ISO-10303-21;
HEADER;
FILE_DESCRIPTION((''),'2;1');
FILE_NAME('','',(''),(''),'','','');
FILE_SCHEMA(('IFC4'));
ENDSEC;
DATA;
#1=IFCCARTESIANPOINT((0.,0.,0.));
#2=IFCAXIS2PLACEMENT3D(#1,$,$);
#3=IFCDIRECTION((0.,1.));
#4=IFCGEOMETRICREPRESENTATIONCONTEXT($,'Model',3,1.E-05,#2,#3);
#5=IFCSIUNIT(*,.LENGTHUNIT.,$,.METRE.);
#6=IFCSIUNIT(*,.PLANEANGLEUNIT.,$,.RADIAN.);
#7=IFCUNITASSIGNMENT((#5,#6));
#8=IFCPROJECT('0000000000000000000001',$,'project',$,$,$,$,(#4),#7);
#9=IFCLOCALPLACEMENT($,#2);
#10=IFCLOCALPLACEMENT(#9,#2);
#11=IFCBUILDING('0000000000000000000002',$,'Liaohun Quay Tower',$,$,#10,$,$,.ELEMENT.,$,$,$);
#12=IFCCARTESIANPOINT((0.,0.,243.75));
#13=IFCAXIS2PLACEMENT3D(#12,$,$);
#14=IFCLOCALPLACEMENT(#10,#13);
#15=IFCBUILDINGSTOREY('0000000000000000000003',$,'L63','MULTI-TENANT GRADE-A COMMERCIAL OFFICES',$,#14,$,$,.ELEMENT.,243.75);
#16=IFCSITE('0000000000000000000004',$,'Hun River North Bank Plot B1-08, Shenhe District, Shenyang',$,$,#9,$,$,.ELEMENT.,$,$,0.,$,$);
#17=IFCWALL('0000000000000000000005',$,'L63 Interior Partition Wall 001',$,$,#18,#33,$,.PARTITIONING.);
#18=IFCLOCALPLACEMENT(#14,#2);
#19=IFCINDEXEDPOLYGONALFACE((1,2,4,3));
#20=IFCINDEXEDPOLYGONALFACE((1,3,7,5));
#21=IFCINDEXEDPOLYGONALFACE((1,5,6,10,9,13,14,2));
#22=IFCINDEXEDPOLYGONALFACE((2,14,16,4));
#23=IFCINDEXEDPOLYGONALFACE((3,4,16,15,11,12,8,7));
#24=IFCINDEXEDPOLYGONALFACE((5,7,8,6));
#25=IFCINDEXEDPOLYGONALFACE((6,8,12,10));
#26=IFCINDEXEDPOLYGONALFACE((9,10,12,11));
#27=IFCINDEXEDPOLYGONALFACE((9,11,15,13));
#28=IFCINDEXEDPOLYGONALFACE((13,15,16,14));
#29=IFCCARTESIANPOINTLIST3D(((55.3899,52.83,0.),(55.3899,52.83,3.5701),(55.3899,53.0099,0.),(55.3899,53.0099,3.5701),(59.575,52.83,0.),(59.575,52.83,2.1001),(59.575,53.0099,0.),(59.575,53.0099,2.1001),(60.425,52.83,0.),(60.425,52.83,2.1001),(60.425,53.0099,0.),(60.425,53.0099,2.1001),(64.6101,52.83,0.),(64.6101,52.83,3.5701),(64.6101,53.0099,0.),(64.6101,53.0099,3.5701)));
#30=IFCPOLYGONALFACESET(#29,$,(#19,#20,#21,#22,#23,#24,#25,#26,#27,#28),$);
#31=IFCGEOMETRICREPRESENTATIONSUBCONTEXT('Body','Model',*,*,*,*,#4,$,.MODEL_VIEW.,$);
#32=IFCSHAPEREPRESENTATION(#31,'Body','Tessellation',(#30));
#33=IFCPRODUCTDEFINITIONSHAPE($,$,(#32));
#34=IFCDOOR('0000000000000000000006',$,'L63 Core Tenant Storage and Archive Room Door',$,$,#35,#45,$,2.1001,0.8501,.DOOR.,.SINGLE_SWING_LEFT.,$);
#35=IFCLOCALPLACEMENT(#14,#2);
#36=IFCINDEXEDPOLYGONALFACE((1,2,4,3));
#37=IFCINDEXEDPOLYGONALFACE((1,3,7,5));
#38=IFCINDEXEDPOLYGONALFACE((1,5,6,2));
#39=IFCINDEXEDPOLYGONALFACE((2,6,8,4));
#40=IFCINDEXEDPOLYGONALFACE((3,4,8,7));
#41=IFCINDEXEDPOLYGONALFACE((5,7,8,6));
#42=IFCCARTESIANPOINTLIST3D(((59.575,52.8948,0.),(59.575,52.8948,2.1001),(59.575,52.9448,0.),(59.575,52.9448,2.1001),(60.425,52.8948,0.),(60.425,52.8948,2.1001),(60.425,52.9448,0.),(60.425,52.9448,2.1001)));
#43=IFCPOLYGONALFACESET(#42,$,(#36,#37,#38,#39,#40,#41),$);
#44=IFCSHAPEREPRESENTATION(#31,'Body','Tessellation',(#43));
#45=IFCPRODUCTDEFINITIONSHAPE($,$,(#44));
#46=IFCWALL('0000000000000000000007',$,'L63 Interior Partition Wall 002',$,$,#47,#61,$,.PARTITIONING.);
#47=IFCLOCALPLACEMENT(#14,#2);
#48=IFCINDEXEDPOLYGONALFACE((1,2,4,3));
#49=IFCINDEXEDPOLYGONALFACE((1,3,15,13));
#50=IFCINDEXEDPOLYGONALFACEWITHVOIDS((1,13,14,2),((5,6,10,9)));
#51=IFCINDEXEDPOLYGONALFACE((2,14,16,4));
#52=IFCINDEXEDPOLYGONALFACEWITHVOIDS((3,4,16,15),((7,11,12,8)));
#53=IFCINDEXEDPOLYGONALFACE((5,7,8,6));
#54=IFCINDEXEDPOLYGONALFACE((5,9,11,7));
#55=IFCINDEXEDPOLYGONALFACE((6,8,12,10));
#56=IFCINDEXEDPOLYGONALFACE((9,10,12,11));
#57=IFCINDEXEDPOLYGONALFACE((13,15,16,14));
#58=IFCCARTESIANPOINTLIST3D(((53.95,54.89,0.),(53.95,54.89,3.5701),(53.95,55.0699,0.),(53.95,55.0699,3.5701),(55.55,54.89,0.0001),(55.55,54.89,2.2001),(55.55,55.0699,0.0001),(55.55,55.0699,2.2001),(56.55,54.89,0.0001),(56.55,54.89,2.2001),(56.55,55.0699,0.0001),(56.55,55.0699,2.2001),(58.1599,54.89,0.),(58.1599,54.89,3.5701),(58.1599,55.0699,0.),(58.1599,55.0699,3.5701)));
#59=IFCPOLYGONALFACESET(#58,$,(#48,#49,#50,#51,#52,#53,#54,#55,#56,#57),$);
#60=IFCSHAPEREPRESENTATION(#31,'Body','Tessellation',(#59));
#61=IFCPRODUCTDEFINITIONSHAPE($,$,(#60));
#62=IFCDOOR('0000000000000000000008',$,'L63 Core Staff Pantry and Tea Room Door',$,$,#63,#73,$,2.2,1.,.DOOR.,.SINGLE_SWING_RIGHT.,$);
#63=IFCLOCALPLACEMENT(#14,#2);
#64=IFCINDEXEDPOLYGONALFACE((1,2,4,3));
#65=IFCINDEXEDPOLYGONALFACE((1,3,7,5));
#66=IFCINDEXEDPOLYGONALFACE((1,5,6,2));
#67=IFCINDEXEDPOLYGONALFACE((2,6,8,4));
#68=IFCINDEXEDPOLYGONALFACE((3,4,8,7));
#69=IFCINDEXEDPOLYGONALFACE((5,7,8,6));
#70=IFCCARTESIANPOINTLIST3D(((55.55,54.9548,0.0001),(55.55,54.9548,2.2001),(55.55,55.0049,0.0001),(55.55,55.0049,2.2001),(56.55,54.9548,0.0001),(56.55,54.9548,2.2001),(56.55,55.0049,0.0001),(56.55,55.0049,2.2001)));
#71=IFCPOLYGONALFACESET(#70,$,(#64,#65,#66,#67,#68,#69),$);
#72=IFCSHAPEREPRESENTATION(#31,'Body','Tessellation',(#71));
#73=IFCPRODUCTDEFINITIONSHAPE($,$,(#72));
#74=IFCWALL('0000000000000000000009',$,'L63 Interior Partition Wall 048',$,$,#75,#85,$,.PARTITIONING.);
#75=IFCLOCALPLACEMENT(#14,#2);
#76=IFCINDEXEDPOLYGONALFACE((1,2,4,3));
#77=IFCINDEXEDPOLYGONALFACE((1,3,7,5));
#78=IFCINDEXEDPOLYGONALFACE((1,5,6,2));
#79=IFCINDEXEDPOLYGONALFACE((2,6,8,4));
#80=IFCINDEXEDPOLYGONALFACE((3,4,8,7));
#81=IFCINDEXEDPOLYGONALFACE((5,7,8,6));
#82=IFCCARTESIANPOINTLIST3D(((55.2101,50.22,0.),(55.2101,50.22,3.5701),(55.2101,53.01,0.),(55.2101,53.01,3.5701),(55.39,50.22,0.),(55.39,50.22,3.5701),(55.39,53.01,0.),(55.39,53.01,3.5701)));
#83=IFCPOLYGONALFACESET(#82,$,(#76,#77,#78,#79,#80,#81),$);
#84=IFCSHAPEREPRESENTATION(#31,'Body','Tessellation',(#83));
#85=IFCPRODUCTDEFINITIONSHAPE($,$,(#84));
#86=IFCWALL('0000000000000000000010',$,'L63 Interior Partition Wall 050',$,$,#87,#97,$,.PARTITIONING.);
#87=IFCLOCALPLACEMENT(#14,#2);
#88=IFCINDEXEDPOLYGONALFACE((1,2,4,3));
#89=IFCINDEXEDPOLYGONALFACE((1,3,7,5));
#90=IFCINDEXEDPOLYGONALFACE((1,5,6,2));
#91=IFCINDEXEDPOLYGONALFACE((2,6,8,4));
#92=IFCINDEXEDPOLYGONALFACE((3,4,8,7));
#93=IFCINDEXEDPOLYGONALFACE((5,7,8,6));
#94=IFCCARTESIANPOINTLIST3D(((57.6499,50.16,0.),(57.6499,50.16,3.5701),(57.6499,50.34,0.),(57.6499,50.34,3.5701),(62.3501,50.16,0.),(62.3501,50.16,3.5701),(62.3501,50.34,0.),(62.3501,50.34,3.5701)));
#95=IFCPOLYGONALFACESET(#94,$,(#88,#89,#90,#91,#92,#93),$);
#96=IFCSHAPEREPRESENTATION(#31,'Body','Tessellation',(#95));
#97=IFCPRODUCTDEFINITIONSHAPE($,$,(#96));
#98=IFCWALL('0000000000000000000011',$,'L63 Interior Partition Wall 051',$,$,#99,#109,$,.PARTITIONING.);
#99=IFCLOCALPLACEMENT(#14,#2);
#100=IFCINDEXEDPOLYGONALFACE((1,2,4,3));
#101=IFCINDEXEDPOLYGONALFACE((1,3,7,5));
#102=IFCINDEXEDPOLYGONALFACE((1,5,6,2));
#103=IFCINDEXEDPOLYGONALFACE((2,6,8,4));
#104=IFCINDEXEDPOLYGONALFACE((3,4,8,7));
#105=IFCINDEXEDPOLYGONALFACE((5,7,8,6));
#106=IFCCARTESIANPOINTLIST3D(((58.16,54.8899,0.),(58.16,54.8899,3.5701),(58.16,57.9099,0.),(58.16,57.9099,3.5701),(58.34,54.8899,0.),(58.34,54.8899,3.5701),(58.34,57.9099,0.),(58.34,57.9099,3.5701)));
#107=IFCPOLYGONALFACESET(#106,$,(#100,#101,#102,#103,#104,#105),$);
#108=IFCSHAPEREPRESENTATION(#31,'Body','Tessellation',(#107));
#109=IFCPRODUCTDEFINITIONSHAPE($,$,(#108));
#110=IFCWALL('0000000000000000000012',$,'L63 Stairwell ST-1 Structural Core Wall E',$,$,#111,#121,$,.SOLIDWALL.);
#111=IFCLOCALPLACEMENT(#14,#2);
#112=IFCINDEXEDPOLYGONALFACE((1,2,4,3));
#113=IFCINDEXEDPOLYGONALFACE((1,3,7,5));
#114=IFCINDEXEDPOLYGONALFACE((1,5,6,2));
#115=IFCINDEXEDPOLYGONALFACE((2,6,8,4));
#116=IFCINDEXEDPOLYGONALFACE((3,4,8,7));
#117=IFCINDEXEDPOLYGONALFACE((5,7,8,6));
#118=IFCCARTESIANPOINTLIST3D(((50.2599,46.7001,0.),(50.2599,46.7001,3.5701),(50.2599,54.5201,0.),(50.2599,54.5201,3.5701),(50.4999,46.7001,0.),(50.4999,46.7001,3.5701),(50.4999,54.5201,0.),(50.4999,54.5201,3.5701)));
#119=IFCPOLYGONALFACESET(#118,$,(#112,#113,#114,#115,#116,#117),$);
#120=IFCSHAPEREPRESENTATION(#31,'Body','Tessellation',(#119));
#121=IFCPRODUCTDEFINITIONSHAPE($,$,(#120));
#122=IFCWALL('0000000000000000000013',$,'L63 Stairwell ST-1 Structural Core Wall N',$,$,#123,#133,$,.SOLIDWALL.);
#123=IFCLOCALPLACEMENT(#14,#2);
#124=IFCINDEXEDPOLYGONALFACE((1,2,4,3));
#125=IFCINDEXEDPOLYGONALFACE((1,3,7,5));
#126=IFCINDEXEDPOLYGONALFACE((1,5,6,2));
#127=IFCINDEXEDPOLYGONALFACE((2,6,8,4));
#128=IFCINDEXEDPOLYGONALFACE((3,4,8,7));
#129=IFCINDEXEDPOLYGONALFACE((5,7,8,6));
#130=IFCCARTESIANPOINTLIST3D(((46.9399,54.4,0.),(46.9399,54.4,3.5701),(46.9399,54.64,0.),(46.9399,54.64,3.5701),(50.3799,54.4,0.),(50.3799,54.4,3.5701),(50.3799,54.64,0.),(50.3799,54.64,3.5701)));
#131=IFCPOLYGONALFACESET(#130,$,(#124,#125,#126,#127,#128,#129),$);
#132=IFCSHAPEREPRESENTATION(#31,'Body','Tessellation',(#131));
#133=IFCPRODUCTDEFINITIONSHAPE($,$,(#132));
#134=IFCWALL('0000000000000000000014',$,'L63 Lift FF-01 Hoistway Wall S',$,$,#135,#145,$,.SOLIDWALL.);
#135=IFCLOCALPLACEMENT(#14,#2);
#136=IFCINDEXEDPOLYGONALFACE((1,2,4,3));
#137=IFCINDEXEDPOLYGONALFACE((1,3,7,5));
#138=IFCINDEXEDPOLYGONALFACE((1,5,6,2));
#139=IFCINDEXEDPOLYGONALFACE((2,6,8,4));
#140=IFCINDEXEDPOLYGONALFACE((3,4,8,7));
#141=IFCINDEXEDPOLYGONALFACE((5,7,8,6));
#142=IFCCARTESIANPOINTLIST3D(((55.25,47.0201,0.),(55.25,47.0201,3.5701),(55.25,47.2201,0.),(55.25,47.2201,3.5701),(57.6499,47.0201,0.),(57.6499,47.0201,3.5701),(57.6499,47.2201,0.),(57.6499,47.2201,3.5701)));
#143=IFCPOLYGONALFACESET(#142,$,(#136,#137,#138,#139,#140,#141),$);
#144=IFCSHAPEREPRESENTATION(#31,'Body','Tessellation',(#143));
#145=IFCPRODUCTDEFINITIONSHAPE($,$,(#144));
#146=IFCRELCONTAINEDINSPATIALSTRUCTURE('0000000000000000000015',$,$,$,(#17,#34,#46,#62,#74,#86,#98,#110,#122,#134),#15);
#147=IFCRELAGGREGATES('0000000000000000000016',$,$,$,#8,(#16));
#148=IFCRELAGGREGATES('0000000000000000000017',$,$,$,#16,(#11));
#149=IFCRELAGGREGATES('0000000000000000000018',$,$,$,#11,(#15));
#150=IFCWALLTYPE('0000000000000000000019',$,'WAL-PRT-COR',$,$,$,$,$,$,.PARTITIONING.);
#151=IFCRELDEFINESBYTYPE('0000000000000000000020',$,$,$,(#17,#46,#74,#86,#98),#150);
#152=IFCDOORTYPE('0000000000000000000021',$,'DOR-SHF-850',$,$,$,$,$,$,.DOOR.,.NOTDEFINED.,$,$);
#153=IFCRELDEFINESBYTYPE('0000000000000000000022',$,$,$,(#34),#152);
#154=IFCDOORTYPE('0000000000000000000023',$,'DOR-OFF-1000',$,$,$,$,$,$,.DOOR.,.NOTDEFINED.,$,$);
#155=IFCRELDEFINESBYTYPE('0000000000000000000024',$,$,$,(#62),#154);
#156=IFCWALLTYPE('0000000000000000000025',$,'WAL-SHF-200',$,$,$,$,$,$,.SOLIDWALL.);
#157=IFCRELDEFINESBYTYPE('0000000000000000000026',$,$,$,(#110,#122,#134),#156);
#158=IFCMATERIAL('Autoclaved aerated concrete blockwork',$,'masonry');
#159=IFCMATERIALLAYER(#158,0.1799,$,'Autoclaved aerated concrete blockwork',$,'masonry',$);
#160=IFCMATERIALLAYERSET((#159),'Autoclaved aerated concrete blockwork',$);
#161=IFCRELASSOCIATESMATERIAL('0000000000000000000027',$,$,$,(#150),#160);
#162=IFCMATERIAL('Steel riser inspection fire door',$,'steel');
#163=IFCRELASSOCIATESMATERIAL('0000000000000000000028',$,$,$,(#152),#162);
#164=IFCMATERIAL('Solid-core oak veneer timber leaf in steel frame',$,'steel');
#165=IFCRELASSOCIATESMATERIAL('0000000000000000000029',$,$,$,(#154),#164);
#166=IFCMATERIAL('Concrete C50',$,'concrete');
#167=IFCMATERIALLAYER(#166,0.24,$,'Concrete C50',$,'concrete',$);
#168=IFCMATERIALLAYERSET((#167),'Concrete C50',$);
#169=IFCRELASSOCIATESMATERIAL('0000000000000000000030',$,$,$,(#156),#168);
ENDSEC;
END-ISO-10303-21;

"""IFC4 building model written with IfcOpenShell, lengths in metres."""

from ifc_helpers import new_model, si_unit, direction, frame, frame_2d, origin, place, context, subcontext, project, spatial, rectangle, extrude, source, transform, mapped, material, layer, layer_set, type_object, element, fill, save


model = new_model("IFC4")

# Units and contexts
model_context = context("Model", 3, precision=1e-05, world=origin(), true_north=direction((0.0, 1.0)))
body_context = subcontext(model_context, "Body", "Model", "MODEL_VIEW")
ifc_project = project(units=[si_unit("LENGTHUNIT", "METRE"), si_unit("PLANEANGLEUNIT", "RADIAN")], contexts=[model_context])

# Site, building, storey
site_placement = place(None, origin())
site = spatial("IfcSite", under=ifc_project, at=site_placement, Name="Hun River North Bank Plot B1-08, Shenhe District, Shenyang", CompositionType="ELEMENT", RefElevation=0.0)
building_placement = place(site_placement, origin())
building = spatial("IfcBuilding", under=site, at=building_placement, Name="Liaohun Quay Tower", CompositionType="ELEMENT")
storey_placement = place(building_placement, frame((0.0, 0.0, 243.75)))
storey = spatial("IfcBuildingStorey", under=building, at=storey_placement, Name="L63", Description="MULTI-TENANT GRADE-A COMMERCIAL OFFICES", CompositionType="ELEMENT", Elevation=243.75)

# Shared definitions
ifc_material_1 = material(Name="Concrete C50", Category="concrete")

# Walls, openings, doors
ifc_material_2 = material(Name="Autoclaved aerated concrete blockwork", Category="masonry")
ifc_layer_1 = layer(ifc_material_2, 0.1799, Name="Autoclaved aerated concrete blockwork", Category="masonry")
ifc_layer_set_1 = layer_set([ifc_layer_1], Name="Autoclaved aerated concrete blockwork")
wall_type_1 = type_object("IfcWallType", Name="WAL-PRT-COR", PredefinedType="PARTITIONING", material=ifc_layer_set_1)
wall_1_placement = place(storey_placement, frame((55.3899, 52.9199, 0.0), z_axis=(0.0, 0.0, 1.0), x_axis=(1.0, 0.0, 0.0)))
wall_1 = element("IfcWall", 1, at=wall_1_placement, inside=storey, type_object=wall_type_1, Name="L63 Interior Partition Wall 001", PredefinedType="PARTITIONING", context=body_context, shape_type="SweptSolid", body=[
    extrude(rectangle(XDim=9.2202, YDim=0.1799, at=frame_2d((4.6101, 0.0))), origin(), (0.0, 0.0, 1.0), 3.5701),
])
shared_shape_1 = source(origin(), body_context, "Body", "SweptSolid", [
    extrude(rectangle(XDim=0.8501, YDim=2.1001, at=frame_2d((0.425, 1.05))), frame((0.0, 0.0999, 0.0), z_axis=(0.0, -1.0, 0.0), x_axis=(1.0, 0.0, 0.0)), (0.0, 0.0, 1.0), 0.2),
])
opening_1_placement = place(wall_1_placement, frame((4.1851, 0.0, 0.0)))
opening_1 = element("IfcOpeningElement", 2, at=opening_1_placement, cuts=wall_1, PredefinedType="OPENING", context=body_context, shape_type="MappedRepresentation", body=[
    mapped(shared_shape_1, transform((0.0, 0.0, 0.0), x_axis=(1.0, 0.0, 0.0), y_axis=(0.0, 1.0, 0.0), z_axis=(0.0, 0.0, 1.0), scale=1.0)),
])
ifc_material_3 = material(Name="Steel riser inspection fire door", Category="steel")
door_type_1 = type_object("IfcDoorType", Name="DOR-SHF-850", OperationType="NOTDEFINED", PredefinedType="DOOR", material=ifc_material_3)
shared_shape_2 = source(origin(), body_context, "Body", "SweptSolid", [
    extrude(rectangle(XDim=0.8501, YDim=2.1001, at=frame_2d((0.425, 1.05))), frame((0.0, 0.0249, 0.0), z_axis=(0.0, -1.0, 0.0), x_axis=(1.0, 0.0, 0.0)), (0.0, 0.0, 1.0), 0.05),
])
door_1_placement = place(opening_1_placement, origin())
door_1 = element("IfcDoor", 3, at=door_1_placement, inside=storey, type_object=door_type_1, Name="L63 Core Tenant Storage and Archive Room Door", OperationType="SINGLE_SWING_LEFT", OverallHeight=2.1001, OverallWidth=0.8501, PredefinedType="DOOR", context=body_context, shape_type="MappedRepresentation", body=[
    mapped(shared_shape_2, transform((0.0, 0.0, 0.0), x_axis=(1.0, 0.0, 0.0), y_axis=(0.0, 1.0, 0.0), z_axis=(0.0, 0.0, 1.0), scale=1.0)),
])
fill(opening_1, door_1)
wall_2_placement = place(storey_placement, frame((53.95, 54.98, 0.0), z_axis=(0.0, 0.0, 1.0), x_axis=(1.0, 0.0, 0.0)))
wall_2 = element("IfcWall", 4, at=wall_2_placement, inside=storey, type_object=wall_type_1, Name="L63 Interior Partition Wall 002", PredefinedType="PARTITIONING", context=body_context, shape_type="SweptSolid", body=[
    extrude(rectangle(XDim=4.21, YDim=0.1799, at=frame_2d((2.105, 0.0))), origin(), (0.0, 0.0, 1.0), 3.5701),
])
shared_shape_3 = source(origin(), body_context, "Body", "SweptSolid", [
    extrude(rectangle(XDim=1.0, YDim=2.2, at=frame_2d((0.5, 1.1001))), frame((0.0, 0.0999, 0.0), z_axis=(0.0, -1.0, 0.0), x_axis=(1.0, 0.0, 0.0)), (0.0, 0.0, 1.0), 0.2),
])
opening_2_placement = place(wall_2_placement, frame((1.6001, 0.0, 0.0)))
opening_2 = element("IfcOpeningElement", 5, at=opening_2_placement, cuts=wall_2, PredefinedType="OPENING", context=body_context, shape_type="MappedRepresentation", body=[
    mapped(shared_shape_3, transform((0.0, 0.0, 0.0), x_axis=(1.0, 0.0, 0.0), y_axis=(0.0, 1.0, 0.0), z_axis=(0.0, 0.0, 1.0), scale=1.0)),
])
ifc_material_4 = material(Name="Solid-core oak veneer timber leaf in steel frame", Category="steel")
door_type_2 = type_object("IfcDoorType", Name="DOR-OFF-1000", OperationType="NOTDEFINED", PredefinedType="DOOR", material=ifc_material_4)
shared_shape_4 = source(origin(), body_context, "Body", "SweptSolid", [
    extrude(rectangle(XDim=1.0, YDim=2.2, at=frame_2d((0.5, 1.1001))), frame((0.0, 0.0249, 0.0), z_axis=(0.0, -1.0, 0.0), x_axis=(1.0, 0.0, 0.0)), (0.0, 0.0, 1.0), 0.05),
])
door_2_placement = place(opening_2_placement, origin())
door_2 = element("IfcDoor", 6, at=door_2_placement, inside=storey, type_object=door_type_2, Name="L63 Core Staff Pantry and Tea Room Door", OperationType="SINGLE_SWING_RIGHT", OverallHeight=2.2, OverallWidth=1.0, PredefinedType="DOOR", context=body_context, shape_type="MappedRepresentation", body=[
    mapped(shared_shape_4, transform((0.0, 0.0, 0.0), x_axis=(1.0, 0.0, 0.0), y_axis=(0.0, 1.0, 0.0), z_axis=(0.0, 0.0, 1.0), scale=1.0)),
])
fill(opening_2, door_2)

# Walls
wall_3_placement = place(storey_placement, frame((55.3, 50.22, 0.0), z_axis=(0.0, 0.0, 1.0), x_axis=(0.0, 1.0, 0.0)))
element("IfcWall", 7, at=wall_3_placement, inside=storey, type_object=wall_type_1, Name="L63 Interior Partition Wall 048", PredefinedType="PARTITIONING", context=body_context, shape_type="SweptSolid", body=[
    extrude(rectangle(XDim=2.79, YDim=0.1799, at=frame_2d((1.395, 0.0))), origin(), (0.0, 0.0, 1.0), 3.5701),
])
wall_4_placement = place(storey_placement, frame((57.6499, 50.25, 0.0), z_axis=(0.0, 0.0, 1.0), x_axis=(1.0, 0.0, 0.0)))
element("IfcWall", 8, at=wall_4_placement, inside=storey, type_object=wall_type_1, Name="L63 Interior Partition Wall 050", PredefinedType="PARTITIONING", context=body_context, shape_type="SweptSolid", body=[
    extrude(rectangle(XDim=4.7002, YDim=0.1799, at=frame_2d((2.3501, 0.0))), origin(), (0.0, 0.0, 1.0), 3.5701),
])
wall_5_placement = place(storey_placement, frame((58.25, 54.8899, 0.0), z_axis=(0.0, 0.0, 1.0), x_axis=(0.0, 1.0, 0.0)))
element("IfcWall", 9, at=wall_5_placement, inside=storey, type_object=wall_type_1, Name="L63 Interior Partition Wall 051", PredefinedType="PARTITIONING", context=body_context, shape_type="SweptSolid", body=[
    extrude(rectangle(XDim=3.02, YDim=0.1799, at=frame_2d((1.51, 0.0))), origin(), (0.0, 0.0, 1.0), 3.5701),
])
ifc_layer_2 = layer(ifc_material_1, 0.24, Name="Concrete C50", Category="concrete")
ifc_layer_set_2 = layer_set([ifc_layer_2], Name="Concrete C50")
wall_type_2 = type_object("IfcWallType", Name="WAL-SHF-200", PredefinedType="SOLIDWALL", material=ifc_layer_set_2)
wall_6_placement = place(storey_placement, frame((50.3799, 46.7, 0.0), z_axis=(0.0, 0.0, 1.0), x_axis=(0.0, 1.0, 0.0)))
element("IfcWall", 10, at=wall_6_placement, inside=storey, type_object=wall_type_2, Name="L63 Stairwell ST-1 Structural Core Wall E", PredefinedType="SOLIDWALL", context=body_context, shape_type="SweptSolid", body=[
    extrude(rectangle(XDim=7.8201, YDim=0.24, at=frame_2d((3.9102, 0.0))), origin(), (0.0, 0.0, 1.0), 3.5701),
])
wall_7_placement = place(storey_placement, frame((50.3799, 54.52, 0.0), z_axis=(0.0, 0.0, 1.0), x_axis=(-1.0, 0.0, 0.0)))
element("IfcWall", 11, at=wall_7_placement, inside=storey, type_object=wall_type_2, Name="L63 Stairwell ST-1 Structural Core Wall N", PredefinedType="SOLIDWALL", context=body_context, shape_type="SweptSolid", body=[
    extrude(rectangle(XDim=3.4399, YDim=0.24, at=frame_2d((1.72, 0.0))), origin(), (0.0, 0.0, 1.0), 3.5701),
])
wall_8_placement = place(storey_placement, frame((55.25, 47.1201, 0.0), z_axis=(0.0, 0.0, 1.0), x_axis=(1.0, 0.0, 0.0)))
element("IfcWall", 12, at=wall_8_placement, inside=storey, type_object=wall_type_2, Name="L63 Lift FF-01 Hoistway Wall S", PredefinedType="SOLIDWALL", context=body_context, shape_type="SweptSolid", body=[
    extrude(rectangle(XDim=2.3999, YDim=0.2, at=frame_2d((1.2, 0.0))), origin(), (0.0, 0.0, 1.0), 3.5701),
])

save(model, "model.ifc")
